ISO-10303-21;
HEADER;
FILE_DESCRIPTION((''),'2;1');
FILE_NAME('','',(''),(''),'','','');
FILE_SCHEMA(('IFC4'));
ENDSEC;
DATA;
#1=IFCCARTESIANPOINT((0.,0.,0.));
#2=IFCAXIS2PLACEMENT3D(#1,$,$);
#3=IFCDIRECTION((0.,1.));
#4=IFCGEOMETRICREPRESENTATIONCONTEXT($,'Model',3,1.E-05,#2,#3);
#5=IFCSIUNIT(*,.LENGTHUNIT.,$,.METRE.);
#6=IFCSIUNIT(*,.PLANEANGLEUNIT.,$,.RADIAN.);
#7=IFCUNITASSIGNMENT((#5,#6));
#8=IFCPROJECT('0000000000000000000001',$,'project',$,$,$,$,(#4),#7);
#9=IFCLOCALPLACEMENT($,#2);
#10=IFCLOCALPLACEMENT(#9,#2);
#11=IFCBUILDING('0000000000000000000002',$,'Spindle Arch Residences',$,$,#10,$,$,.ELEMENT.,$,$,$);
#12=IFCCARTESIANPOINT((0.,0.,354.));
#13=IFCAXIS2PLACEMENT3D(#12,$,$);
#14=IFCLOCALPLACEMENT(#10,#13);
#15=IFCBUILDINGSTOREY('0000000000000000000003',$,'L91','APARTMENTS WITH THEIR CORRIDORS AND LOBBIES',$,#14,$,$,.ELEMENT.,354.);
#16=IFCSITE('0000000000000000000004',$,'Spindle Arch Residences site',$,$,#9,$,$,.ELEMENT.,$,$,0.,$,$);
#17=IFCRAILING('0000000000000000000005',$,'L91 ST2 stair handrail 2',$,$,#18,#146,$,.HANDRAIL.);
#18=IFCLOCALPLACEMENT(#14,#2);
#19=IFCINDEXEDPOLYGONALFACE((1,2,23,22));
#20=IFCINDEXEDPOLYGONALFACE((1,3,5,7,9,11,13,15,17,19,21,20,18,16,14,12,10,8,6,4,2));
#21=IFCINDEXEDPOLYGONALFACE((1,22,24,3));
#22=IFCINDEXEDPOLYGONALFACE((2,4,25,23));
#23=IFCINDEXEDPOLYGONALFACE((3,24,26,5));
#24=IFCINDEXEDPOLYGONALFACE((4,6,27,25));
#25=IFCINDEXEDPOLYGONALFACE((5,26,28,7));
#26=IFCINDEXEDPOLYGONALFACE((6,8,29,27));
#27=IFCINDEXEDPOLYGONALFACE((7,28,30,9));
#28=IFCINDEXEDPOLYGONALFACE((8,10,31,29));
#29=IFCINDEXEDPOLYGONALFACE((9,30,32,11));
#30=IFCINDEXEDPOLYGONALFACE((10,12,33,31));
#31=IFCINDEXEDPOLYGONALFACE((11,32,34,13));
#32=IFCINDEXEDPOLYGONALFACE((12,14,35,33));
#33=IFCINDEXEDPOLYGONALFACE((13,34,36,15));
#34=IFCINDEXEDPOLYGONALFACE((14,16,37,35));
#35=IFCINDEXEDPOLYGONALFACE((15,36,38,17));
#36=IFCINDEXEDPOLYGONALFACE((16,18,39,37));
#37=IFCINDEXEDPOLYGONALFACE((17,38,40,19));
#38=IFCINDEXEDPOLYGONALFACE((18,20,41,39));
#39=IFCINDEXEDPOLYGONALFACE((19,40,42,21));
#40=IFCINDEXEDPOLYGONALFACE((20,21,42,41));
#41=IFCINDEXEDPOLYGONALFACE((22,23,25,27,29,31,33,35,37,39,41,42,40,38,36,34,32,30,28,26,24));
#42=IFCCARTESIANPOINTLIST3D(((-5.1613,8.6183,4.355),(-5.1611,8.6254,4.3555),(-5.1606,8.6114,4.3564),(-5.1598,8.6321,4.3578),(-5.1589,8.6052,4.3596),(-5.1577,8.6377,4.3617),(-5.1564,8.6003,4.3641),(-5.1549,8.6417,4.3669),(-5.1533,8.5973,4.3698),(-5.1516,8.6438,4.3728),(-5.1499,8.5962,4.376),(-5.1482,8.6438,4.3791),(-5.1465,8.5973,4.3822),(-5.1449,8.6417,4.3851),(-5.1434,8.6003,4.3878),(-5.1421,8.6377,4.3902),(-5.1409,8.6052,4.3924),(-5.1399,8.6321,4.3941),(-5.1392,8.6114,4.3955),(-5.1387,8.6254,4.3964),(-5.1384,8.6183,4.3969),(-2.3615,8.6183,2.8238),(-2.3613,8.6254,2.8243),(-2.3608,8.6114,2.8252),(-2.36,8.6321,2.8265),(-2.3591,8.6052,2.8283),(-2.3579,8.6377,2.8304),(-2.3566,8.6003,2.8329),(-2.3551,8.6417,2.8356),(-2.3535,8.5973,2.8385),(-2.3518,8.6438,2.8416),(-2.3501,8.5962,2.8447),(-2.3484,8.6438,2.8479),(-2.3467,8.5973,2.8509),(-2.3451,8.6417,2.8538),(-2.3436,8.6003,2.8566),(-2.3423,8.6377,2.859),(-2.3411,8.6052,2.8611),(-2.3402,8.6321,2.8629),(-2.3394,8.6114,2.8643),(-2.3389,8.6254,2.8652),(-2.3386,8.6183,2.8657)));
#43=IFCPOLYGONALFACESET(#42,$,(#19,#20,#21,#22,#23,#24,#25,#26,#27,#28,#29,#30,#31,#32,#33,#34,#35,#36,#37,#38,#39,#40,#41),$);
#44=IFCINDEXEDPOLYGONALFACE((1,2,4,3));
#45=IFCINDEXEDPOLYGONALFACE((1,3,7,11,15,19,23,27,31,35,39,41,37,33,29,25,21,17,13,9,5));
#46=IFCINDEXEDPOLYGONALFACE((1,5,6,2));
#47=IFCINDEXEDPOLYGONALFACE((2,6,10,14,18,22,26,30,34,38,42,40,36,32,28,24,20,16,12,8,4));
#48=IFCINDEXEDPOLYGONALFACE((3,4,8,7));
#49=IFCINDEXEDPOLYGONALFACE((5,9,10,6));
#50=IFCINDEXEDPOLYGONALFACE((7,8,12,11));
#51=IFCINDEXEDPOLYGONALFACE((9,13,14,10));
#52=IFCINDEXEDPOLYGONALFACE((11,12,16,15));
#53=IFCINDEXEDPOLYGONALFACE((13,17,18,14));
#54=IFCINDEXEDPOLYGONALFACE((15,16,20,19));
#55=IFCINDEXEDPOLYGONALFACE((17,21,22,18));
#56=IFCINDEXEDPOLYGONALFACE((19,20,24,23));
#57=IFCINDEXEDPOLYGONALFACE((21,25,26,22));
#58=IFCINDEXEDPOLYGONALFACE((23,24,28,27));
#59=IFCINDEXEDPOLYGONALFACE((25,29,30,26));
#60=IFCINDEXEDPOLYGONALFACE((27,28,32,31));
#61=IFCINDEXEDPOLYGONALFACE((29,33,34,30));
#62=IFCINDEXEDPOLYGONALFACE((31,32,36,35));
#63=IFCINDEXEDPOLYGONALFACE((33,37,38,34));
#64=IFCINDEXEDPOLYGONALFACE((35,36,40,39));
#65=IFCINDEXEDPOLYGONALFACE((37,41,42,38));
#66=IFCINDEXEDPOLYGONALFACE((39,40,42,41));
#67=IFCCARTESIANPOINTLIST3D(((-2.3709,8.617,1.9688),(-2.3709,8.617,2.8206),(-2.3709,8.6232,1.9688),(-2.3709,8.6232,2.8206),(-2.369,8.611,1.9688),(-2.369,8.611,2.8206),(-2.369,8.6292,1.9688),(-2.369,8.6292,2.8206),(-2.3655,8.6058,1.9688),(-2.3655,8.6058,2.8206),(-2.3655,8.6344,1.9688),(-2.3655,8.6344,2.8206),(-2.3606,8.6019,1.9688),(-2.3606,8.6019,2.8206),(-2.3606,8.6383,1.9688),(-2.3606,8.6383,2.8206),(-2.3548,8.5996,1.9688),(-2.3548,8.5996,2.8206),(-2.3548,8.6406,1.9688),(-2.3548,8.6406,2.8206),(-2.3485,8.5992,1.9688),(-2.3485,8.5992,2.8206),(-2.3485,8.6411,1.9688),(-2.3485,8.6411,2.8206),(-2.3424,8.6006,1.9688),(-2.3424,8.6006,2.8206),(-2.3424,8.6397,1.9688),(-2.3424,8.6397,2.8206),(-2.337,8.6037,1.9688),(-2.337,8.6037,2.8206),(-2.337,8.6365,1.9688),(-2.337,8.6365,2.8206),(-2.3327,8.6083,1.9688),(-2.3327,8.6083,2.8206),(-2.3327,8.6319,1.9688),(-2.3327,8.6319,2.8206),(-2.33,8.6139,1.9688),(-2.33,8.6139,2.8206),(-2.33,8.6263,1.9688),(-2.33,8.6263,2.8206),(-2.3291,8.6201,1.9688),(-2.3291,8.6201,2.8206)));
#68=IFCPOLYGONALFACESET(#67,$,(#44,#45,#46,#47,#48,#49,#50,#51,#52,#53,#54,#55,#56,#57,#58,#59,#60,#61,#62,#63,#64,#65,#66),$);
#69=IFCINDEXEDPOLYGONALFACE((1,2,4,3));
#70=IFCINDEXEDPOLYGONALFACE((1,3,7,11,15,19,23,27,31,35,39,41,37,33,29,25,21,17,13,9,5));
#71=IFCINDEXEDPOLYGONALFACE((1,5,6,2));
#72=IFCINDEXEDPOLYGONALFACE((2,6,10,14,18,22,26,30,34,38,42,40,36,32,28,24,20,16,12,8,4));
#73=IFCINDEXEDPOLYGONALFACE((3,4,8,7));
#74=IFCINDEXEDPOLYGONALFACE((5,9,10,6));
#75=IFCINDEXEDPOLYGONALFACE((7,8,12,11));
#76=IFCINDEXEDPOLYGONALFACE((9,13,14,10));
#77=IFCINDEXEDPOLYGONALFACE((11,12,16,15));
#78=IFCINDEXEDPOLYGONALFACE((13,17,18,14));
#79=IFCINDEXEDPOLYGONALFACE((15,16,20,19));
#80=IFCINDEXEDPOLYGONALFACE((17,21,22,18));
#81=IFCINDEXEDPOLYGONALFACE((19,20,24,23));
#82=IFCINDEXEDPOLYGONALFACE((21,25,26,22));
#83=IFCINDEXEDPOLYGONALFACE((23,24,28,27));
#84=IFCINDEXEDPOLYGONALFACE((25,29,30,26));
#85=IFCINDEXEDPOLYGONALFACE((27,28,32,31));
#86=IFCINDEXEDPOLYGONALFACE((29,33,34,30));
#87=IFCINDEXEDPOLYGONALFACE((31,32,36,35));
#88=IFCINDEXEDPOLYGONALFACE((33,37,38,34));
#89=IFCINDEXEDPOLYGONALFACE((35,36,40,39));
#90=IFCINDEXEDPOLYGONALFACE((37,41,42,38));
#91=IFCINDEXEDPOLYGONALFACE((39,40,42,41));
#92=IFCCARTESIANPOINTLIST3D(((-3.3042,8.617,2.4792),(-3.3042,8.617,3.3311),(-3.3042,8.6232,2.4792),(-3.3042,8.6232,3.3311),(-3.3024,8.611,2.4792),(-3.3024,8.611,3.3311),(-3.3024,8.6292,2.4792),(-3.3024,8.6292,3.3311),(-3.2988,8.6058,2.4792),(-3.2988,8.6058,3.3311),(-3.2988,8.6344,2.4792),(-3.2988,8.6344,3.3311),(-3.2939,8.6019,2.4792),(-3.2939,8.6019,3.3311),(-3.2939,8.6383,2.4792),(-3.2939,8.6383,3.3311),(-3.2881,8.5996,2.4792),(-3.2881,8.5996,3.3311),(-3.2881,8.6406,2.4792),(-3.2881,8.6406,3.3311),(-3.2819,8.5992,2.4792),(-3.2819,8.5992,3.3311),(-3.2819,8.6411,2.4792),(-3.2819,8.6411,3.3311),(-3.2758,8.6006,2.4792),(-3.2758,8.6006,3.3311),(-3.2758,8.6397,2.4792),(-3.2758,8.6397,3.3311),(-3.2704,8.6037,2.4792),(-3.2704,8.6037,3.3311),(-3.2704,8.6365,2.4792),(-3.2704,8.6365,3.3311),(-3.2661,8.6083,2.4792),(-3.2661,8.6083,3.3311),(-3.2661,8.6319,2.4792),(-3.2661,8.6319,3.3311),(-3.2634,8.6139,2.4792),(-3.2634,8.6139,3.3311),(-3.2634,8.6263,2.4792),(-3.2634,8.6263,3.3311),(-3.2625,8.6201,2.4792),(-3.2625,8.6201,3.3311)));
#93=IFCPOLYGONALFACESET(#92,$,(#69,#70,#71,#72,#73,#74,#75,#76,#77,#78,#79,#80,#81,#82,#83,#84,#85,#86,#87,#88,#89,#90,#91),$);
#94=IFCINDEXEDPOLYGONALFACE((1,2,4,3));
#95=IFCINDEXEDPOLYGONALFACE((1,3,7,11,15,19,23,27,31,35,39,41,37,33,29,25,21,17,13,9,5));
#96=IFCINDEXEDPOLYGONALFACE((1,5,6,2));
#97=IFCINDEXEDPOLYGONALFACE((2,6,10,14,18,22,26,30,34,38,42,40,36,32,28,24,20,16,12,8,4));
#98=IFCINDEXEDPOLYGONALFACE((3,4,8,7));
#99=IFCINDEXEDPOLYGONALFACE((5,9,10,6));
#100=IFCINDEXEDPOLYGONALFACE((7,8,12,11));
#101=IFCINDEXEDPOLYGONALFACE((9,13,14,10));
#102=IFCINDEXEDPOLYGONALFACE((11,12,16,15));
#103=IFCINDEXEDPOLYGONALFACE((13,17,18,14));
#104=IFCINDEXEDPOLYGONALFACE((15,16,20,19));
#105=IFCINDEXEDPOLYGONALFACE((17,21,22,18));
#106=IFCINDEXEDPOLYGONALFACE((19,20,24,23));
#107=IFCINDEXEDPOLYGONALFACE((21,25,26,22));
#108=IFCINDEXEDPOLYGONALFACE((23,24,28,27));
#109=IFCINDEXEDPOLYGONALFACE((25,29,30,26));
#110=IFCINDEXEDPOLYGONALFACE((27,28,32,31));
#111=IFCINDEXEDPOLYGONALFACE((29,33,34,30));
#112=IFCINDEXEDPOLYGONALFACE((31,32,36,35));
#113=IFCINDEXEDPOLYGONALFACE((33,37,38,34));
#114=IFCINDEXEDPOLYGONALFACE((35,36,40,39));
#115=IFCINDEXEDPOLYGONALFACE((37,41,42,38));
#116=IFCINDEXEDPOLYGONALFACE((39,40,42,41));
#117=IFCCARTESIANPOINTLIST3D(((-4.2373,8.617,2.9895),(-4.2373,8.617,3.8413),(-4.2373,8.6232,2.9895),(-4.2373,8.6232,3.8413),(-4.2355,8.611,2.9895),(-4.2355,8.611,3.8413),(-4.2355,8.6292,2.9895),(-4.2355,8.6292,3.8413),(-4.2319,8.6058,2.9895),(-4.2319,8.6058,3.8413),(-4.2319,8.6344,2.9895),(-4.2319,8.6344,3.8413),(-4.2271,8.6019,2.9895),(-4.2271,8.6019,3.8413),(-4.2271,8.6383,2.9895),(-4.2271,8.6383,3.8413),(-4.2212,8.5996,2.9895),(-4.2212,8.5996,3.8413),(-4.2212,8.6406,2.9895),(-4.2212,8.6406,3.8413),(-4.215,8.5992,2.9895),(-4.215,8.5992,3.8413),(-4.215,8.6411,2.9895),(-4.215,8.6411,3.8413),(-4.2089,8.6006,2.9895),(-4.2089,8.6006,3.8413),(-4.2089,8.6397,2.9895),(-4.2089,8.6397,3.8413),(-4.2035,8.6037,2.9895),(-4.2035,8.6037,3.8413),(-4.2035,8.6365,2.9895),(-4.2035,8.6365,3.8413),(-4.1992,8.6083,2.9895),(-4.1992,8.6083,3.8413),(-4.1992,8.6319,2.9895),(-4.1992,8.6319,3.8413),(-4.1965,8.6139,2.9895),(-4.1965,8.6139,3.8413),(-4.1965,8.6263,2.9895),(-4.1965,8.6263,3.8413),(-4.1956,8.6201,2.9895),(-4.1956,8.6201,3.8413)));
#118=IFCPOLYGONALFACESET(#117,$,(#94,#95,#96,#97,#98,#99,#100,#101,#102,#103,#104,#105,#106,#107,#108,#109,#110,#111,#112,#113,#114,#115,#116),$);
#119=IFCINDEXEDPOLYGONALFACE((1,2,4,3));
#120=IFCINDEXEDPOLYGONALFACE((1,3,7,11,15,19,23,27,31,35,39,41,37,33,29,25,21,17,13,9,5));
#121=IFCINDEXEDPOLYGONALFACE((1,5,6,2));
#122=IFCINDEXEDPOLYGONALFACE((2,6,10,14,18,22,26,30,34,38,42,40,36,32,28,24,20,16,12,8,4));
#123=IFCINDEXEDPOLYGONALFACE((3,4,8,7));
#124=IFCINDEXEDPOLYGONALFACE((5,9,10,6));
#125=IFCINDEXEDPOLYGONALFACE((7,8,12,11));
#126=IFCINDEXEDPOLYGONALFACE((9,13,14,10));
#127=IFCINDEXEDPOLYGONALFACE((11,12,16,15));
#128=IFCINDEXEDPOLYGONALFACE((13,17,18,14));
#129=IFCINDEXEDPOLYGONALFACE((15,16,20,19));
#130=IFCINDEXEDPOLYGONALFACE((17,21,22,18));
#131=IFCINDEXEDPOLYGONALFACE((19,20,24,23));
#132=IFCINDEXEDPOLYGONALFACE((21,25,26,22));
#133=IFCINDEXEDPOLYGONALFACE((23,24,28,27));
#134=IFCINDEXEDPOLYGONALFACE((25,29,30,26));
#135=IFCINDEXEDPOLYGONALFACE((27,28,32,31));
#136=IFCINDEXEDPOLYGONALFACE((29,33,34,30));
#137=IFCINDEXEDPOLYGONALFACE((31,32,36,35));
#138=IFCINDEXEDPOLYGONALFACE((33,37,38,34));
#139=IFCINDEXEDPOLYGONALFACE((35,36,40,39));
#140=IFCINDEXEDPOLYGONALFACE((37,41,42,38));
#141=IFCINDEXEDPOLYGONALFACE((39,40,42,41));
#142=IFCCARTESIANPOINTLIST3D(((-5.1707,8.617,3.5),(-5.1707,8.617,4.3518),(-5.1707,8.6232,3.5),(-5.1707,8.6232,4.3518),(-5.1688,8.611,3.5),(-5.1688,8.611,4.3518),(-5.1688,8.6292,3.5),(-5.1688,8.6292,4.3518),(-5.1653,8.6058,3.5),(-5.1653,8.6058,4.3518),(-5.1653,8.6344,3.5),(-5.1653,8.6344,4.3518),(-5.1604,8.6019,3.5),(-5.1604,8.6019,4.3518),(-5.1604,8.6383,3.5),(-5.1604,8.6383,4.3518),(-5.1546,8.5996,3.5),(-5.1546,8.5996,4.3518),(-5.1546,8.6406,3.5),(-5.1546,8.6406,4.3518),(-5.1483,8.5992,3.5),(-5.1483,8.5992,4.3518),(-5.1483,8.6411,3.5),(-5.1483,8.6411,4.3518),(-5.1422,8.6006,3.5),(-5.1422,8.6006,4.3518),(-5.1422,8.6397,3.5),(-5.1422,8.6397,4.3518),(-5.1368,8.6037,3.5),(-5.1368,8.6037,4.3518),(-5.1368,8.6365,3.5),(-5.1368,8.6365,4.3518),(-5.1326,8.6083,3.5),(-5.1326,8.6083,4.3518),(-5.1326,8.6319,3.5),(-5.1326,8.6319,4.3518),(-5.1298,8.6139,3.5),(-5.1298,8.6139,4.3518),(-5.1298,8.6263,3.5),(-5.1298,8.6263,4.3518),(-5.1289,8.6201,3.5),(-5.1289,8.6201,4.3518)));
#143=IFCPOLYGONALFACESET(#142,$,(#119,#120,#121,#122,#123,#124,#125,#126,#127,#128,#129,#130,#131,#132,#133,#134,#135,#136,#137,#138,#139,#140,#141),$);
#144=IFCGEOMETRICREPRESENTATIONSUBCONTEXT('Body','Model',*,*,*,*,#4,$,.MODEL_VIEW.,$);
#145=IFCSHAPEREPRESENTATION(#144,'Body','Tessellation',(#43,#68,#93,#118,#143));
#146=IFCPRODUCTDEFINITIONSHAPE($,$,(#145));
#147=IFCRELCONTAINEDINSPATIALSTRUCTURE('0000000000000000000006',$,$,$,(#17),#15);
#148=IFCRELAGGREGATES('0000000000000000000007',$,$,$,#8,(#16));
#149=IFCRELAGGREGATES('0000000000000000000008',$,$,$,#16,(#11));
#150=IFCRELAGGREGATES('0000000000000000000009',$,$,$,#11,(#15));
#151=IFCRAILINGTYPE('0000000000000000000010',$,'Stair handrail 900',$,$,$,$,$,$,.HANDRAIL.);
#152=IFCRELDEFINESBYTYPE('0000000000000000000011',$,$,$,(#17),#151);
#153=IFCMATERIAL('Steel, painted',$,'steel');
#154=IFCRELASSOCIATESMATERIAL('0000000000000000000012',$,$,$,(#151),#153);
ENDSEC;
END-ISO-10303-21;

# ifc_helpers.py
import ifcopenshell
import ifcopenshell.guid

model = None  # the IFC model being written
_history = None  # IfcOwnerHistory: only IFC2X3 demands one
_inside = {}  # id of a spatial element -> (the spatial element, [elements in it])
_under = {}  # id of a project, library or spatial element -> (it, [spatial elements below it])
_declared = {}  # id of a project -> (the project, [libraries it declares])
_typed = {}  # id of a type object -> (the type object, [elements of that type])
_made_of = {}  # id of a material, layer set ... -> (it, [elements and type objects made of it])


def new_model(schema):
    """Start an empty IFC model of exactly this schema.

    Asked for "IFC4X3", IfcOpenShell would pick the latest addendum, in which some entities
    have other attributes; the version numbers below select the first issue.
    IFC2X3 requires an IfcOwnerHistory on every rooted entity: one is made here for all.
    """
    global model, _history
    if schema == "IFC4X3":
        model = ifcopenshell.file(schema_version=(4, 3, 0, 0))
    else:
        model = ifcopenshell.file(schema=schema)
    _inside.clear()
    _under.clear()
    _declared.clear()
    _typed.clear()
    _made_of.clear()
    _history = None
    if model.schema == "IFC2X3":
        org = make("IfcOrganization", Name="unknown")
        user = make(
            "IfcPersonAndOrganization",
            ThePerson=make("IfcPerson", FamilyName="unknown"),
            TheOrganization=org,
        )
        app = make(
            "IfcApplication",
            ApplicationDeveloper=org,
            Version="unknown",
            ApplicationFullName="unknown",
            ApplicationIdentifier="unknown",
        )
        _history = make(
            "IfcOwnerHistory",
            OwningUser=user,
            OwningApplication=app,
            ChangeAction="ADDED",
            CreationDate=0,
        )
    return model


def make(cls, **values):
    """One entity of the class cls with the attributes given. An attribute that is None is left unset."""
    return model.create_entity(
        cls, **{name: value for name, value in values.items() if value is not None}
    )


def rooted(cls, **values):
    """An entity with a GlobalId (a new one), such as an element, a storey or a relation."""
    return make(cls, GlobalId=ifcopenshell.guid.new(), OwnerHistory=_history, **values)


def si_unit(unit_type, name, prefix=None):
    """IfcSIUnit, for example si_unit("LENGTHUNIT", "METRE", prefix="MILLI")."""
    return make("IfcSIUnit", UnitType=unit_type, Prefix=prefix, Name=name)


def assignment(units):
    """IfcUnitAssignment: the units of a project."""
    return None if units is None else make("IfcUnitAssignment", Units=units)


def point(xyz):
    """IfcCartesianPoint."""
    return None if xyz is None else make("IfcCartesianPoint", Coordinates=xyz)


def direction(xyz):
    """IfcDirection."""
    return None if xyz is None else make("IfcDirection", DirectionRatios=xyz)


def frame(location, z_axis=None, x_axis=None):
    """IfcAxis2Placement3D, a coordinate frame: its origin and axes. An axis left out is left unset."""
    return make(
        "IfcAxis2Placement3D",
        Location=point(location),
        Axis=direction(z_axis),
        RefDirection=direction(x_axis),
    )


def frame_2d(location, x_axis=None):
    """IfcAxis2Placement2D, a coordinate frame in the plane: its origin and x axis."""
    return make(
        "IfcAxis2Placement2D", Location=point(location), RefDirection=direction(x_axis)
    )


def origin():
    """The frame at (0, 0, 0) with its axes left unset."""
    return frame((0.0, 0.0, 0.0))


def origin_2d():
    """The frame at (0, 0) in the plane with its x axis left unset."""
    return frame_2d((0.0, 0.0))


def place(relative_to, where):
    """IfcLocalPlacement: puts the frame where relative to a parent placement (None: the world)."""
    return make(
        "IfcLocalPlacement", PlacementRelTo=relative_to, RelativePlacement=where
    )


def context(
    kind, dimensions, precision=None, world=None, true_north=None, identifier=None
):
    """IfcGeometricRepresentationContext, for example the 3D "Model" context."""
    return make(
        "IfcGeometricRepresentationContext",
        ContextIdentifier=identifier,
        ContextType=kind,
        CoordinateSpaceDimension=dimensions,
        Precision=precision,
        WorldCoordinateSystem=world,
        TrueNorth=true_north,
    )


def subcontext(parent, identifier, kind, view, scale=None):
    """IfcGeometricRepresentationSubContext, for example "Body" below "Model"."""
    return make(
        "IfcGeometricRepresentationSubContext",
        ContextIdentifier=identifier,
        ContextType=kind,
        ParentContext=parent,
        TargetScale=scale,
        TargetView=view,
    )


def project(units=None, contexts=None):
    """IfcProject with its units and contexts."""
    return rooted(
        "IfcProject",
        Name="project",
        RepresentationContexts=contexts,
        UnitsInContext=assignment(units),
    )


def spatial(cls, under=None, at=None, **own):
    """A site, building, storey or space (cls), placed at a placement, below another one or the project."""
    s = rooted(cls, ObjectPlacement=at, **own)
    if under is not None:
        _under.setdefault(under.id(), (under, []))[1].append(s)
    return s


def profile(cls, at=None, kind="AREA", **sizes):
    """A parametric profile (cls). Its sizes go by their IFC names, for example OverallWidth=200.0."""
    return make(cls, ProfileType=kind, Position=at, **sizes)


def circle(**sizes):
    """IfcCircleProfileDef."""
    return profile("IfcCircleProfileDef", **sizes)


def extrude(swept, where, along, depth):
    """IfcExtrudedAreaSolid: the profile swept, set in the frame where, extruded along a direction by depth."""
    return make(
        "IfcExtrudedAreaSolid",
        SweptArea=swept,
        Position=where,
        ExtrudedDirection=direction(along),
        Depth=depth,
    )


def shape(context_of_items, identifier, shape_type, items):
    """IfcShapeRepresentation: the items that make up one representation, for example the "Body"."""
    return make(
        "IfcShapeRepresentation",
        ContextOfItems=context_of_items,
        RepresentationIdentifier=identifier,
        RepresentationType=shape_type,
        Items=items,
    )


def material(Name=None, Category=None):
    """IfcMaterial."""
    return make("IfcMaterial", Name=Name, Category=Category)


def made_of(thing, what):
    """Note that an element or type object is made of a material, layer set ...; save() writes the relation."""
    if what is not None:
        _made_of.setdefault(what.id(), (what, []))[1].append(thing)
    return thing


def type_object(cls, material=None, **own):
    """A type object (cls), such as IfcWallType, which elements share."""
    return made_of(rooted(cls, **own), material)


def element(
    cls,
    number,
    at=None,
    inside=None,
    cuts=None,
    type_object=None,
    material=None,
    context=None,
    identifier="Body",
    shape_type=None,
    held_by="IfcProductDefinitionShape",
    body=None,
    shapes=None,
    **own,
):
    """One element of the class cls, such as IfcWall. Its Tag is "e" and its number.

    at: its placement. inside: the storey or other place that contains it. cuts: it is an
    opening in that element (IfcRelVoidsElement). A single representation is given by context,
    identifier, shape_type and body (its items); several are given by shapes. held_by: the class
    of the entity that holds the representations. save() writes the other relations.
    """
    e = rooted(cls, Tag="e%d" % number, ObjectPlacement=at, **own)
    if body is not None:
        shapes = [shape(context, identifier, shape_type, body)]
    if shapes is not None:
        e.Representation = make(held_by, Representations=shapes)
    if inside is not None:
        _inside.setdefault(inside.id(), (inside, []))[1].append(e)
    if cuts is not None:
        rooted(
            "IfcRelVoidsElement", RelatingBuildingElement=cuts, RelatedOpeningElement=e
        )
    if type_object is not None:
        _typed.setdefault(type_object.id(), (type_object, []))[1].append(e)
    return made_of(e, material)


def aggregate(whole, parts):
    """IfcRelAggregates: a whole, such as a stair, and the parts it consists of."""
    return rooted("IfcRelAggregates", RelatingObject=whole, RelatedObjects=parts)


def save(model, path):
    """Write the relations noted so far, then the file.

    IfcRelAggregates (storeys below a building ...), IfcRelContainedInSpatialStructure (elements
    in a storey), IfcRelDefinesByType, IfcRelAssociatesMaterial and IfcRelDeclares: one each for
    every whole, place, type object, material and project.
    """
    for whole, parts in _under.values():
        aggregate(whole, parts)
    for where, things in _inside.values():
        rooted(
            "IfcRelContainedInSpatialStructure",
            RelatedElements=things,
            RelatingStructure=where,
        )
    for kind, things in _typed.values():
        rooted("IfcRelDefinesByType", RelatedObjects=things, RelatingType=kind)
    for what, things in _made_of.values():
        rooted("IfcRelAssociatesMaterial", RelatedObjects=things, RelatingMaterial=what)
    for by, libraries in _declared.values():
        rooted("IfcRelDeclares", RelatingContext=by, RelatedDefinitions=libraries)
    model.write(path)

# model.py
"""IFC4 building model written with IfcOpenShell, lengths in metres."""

from ifc_helpers import new_model, si_unit, direction, frame, origin, origin_2d, place, context, subcontext, project, spatial, circle, extrude, material, type_object, element, save


model = new_model("IFC4")

# Units and contexts
model_context = context("Model", 3, precision=1e-05, world=origin(), true_north=direction((0.0, 1.0)))
body_context = subcontext(model_context, "Body", "Model", "MODEL_VIEW")
ifc_project = project(units=[si_unit("LENGTHUNIT", "METRE"), si_unit("PLANEANGLEUNIT", "RADIAN")], contexts=[model_context])

# Site, building, storey
site_placement = place(None, origin())
site = spatial("IfcSite", under=ifc_project, at=site_placement, Name="Spindle Arch Residences site", CompositionType="ELEMENT", RefElevation=0.0)
building_placement = place(site_placement, origin())
building = spatial("IfcBuilding", under=site, at=building_placement, Name="Spindle Arch Residences", CompositionType="ELEMENT")
storey_placement = place(building_placement, frame((0.0, 0.0, 354.0)))
storey = spatial("IfcBuildingStorey", under=building, at=storey_placement, Name="L91", Description="APARTMENTS WITH THEIR CORRIDORS AND LOBBIES", CompositionType="ELEMENT", Elevation=354.0)

# Railing
ifc_material_1 = material(Name="Steel, painted", Category="steel")
railing_type_1 = type_object("IfcRailingType", Name="Stair handrail 900", PredefinedType="HANDRAIL", material=ifc_material_1)
railing_1_placement = place(storey_placement, frame((-2.3501, 8.6201, 1.9688)))
element("IfcRailing", 1, at=railing_1_placement, inside=storey, type_object=railing_type_1, Name="L91 ST2 stair handrail 2", PredefinedType="HANDRAIL", context=body_context, shape_type="SweptSolid", body=[
    extrude(circle(Radius=0.0239, at=origin_2d()), frame((0.0, 0.0, 0.876), z_axis=(-0.877357, 0.0, 0.479838), x_axis=(0.0, -1.0, 0.0)), (0.0, 0.0, 1.0), 3.1912),
    extrude(circle(Radius=0.021, at=origin_2d()), origin(), (0.0, 0.0, 1.0), 0.8518),
    extrude(circle(Radius=0.021, at=origin_2d()), frame((-0.9333, 0.0, 0.5105)), (0.0, 0.0, 1.0), 0.8518),
    extrude(circle(Radius=0.021, at=origin_2d()), frame((-1.8665, 0.0, 1.0208)), (0.0, 0.0, 1.0), 0.8518),
    extrude(circle(Radius=0.021, at=origin_2d()), frame((-2.7998, 0.0, 1.5312)), (0.0, 0.0, 1.0), 0.8518),
])

save(model, "model.ifc")
